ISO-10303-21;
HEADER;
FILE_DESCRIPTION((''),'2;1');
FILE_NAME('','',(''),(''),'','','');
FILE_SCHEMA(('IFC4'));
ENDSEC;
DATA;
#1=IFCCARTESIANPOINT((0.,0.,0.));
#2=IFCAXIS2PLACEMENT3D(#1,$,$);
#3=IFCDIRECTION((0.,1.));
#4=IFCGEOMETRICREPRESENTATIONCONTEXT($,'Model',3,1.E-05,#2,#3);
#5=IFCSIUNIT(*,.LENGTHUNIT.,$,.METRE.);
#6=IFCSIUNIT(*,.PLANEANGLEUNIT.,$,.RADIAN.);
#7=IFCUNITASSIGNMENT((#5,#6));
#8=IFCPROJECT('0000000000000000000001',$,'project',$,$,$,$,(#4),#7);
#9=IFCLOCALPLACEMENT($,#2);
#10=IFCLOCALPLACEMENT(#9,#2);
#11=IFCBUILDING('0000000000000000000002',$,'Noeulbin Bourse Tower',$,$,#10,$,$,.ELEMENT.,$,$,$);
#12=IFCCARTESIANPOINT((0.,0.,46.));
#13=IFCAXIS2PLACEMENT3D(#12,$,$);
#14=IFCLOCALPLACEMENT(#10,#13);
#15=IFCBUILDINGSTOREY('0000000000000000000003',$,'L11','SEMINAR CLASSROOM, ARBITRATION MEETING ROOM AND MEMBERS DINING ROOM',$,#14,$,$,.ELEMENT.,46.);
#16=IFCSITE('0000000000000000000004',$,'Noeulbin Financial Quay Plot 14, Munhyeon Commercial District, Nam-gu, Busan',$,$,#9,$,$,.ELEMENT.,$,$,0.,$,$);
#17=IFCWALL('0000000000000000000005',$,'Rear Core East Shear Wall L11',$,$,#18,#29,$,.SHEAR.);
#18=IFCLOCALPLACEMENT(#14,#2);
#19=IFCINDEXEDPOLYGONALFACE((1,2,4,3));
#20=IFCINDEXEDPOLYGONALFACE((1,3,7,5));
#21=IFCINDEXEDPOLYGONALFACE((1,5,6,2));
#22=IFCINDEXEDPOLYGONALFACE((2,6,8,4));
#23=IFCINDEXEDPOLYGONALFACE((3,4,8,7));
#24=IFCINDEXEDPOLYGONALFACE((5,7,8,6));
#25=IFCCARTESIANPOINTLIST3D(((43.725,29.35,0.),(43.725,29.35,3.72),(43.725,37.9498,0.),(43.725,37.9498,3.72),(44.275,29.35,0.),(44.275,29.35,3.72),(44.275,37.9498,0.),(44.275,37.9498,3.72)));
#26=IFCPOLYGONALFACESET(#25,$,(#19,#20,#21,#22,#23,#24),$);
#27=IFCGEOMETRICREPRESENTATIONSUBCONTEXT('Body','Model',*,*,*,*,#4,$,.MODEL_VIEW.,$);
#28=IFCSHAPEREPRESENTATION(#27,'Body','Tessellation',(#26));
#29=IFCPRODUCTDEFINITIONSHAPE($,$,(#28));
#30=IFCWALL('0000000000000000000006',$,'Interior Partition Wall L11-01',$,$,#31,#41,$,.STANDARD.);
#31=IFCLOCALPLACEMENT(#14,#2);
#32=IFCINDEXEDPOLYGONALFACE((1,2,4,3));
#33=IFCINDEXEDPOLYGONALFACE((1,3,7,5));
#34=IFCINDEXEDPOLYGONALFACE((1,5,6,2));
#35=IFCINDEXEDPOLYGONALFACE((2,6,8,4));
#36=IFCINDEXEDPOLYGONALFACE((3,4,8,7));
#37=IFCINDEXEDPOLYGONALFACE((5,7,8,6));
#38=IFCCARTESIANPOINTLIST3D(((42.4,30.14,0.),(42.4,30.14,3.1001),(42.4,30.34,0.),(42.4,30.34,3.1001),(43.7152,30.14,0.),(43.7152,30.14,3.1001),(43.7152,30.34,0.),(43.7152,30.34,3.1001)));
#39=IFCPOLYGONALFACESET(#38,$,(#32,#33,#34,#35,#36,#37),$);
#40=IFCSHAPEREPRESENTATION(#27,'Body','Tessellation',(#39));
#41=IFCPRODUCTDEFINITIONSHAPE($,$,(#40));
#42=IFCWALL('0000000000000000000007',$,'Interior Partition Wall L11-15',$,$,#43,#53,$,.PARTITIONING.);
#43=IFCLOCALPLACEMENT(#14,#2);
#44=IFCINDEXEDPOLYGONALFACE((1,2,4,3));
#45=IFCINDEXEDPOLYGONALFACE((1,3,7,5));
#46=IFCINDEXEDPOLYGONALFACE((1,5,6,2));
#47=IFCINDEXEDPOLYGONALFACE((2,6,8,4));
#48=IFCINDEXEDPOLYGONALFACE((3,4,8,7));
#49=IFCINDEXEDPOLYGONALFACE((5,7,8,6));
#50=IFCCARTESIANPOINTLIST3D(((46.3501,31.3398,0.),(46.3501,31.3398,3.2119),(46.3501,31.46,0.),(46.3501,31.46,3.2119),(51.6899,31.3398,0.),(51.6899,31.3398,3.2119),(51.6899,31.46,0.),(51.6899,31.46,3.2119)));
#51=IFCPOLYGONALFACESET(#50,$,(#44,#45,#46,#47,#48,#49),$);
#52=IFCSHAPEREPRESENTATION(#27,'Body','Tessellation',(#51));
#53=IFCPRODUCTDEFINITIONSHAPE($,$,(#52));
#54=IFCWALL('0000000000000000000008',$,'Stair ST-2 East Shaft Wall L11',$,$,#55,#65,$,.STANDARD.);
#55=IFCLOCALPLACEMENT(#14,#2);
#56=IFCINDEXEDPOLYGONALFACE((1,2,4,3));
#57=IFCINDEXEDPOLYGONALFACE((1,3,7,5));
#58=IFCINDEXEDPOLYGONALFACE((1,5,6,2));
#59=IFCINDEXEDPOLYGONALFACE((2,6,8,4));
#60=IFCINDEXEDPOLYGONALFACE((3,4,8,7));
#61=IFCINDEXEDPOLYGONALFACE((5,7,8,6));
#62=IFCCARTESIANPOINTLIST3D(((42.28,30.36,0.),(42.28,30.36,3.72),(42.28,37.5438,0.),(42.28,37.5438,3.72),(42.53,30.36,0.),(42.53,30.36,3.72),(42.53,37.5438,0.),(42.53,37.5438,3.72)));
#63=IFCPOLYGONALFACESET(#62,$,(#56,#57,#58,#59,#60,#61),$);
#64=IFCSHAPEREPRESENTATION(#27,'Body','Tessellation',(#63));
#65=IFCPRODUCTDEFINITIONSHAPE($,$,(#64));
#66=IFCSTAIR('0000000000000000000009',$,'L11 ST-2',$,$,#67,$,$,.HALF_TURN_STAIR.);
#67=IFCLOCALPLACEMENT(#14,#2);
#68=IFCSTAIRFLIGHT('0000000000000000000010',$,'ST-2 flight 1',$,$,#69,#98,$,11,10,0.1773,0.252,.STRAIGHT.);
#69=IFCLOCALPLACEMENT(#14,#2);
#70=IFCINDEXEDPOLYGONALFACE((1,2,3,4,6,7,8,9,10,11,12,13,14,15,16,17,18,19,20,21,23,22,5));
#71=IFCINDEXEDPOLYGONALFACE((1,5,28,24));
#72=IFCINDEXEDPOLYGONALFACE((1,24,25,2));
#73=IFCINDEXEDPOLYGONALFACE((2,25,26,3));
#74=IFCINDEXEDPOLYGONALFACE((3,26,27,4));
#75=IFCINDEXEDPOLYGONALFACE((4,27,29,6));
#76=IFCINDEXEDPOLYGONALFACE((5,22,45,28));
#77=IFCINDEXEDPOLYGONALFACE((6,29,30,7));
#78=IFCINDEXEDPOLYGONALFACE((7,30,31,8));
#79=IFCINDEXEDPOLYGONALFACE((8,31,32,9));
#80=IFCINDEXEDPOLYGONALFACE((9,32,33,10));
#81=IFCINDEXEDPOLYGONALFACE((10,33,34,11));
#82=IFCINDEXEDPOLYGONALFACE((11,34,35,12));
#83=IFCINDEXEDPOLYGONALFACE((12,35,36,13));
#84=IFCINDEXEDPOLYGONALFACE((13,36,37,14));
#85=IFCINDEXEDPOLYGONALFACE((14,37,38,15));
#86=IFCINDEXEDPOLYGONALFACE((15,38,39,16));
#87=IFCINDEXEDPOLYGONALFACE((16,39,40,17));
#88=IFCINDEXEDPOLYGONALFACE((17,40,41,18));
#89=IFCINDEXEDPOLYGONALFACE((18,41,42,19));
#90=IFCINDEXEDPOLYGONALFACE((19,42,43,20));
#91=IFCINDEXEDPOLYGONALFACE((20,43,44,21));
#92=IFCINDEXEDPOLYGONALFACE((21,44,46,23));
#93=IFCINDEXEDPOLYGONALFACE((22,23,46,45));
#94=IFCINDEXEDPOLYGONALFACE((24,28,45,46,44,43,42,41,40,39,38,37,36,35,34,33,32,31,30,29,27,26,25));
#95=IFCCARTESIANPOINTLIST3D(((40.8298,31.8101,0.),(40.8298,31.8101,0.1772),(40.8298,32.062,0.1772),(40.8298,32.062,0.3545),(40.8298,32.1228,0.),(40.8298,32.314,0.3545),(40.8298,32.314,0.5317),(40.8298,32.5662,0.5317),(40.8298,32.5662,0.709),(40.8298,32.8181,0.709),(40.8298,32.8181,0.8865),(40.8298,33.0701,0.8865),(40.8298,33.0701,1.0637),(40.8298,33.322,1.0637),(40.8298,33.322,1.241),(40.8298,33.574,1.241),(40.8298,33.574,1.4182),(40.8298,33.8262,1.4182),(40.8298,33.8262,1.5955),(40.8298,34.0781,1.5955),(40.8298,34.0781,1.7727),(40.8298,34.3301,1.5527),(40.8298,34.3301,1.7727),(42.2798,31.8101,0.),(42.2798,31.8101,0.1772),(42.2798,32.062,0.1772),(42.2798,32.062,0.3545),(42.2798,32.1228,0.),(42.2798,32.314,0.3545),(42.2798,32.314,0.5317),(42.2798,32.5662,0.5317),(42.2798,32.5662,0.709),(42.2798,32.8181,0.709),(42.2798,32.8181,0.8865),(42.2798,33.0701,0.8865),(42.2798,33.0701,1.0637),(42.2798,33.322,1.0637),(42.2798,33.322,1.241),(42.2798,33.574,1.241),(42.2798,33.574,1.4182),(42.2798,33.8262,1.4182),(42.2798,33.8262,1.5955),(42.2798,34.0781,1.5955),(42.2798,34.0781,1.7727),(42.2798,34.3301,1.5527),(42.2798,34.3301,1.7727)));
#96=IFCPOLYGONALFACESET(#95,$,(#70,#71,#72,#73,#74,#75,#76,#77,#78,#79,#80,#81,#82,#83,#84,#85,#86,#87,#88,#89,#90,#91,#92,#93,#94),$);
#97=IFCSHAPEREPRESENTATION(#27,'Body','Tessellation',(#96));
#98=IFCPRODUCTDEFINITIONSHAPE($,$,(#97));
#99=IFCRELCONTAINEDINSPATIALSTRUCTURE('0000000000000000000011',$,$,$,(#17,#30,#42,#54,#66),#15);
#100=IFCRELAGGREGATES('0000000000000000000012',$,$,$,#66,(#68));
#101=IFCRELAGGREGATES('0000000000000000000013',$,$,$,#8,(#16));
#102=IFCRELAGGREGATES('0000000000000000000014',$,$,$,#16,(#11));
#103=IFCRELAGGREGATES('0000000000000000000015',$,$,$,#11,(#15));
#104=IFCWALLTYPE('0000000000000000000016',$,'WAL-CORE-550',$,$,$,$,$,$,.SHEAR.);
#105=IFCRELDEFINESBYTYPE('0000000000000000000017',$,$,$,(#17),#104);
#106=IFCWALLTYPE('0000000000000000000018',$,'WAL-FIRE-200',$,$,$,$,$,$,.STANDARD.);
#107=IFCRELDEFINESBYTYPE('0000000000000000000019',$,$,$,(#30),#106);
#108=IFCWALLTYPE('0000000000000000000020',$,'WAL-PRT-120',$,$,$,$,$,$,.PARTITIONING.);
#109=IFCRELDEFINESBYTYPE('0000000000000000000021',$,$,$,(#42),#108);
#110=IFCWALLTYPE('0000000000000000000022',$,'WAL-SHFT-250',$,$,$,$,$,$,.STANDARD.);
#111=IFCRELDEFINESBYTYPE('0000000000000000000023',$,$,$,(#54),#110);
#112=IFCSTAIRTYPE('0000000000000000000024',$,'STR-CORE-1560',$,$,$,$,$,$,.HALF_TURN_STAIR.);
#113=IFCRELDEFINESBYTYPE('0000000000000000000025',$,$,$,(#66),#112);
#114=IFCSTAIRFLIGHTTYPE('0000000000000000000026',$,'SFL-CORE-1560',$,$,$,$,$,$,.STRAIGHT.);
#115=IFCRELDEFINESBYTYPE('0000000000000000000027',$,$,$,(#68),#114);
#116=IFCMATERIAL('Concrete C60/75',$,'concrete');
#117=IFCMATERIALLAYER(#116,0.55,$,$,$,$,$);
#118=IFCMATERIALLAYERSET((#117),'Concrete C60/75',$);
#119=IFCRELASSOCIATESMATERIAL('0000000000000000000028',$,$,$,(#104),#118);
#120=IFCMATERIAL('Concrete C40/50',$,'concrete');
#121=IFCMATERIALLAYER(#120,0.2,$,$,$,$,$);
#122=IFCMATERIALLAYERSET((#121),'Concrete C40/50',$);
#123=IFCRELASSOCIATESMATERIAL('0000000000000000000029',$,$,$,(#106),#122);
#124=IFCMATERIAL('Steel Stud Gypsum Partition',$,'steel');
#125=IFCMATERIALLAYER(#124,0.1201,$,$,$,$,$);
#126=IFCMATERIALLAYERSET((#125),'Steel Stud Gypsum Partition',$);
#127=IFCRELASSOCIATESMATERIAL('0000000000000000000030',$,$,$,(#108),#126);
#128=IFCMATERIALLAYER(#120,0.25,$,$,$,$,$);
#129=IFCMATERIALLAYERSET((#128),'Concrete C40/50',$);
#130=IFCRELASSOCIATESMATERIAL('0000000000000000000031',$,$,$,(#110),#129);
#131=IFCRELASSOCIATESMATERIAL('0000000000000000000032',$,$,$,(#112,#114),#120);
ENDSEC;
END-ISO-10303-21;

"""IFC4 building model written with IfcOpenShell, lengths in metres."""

from ifc_helpers import new_model, si_unit, direction, frame, frame_2d, origin, place, context, subcontext, project, spatial, polyline, rectangle, outline, extrude, material, layer, layer_set, type_object, element, aggregate, save


model = new_model("IFC4")

# Units and contexts
model_context = context("Model", 3, precision=1e-05, world=origin(), true_north=direction((0.0, 1.0)))
body_context = subcontext(model_context, "Body", "Model", "MODEL_VIEW")
ifc_project = project(units=[si_unit("LENGTHUNIT", "METRE"), si_unit("PLANEANGLEUNIT", "RADIAN")], contexts=[model_context])

# Site, building, storey
site_placement = place(None, origin())
site = spatial("IfcSite", under=ifc_project, at=site_placement, Name="Noeulbin Financial Quay Plot 14, Munhyeon Commercial District, Nam-gu, Busan", CompositionType="ELEMENT", RefElevation=0.0)
building_placement = place(site_placement, origin())
building = spatial("IfcBuilding", under=site, at=building_placement, Name="Noeulbin Bourse Tower", CompositionType="ELEMENT")
storey_placement = place(building_placement, frame((0.0, 0.0, 46.0)))
storey = spatial("IfcBuildingStorey", under=building, at=storey_placement, Name="L11", Description="SEMINAR CLASSROOM, ARBITRATION MEETING ROOM AND MEMBERS DINING ROOM", CompositionType="ELEMENT", Elevation=46.0)

# Walls
ifc_material_1 = material(Name="Concrete C60/75", Category="concrete")
ifc_layer_1 = layer(ifc_material_1, 0.55)
ifc_layer_set_1 = layer_set([ifc_layer_1], Name="Concrete C60/75")
wall_type_1 = type_object("IfcWallType", Name="WAL-CORE-550", PredefinedType="SHEAR", material=ifc_layer_set_1)
wall_1_placement = place(storey_placement, frame((44.0, 29.3501, 0.0), z_axis=(0.0, 0.0, 1.0), x_axis=(0.0, 1.0, 0.0)))
element("IfcWall", 1, at=wall_1_placement, inside=storey, type_object=wall_type_1, Name="Rear Core East Shear Wall L11", PredefinedType="SHEAR", context=body_context, shape_type="SweptSolid", body=[
    extrude(rectangle(XDim=8.5999, YDim=0.55, at=frame_2d((4.2998, 0.0))), origin(), (0.0, 0.0, 1.0), 3.72),
])
ifc_material_2 = material(Name="Concrete C40/50", Category="concrete")
ifc_layer_2 = layer(ifc_material_2, 0.2)
ifc_layer_set_2 = layer_set([ifc_layer_2], Name="Concrete C40/50")
wall_type_2 = type_object("IfcWallType", Name="WAL-FIRE-200", PredefinedType="STANDARD", material=ifc_layer_set_2)
wall_2_placement = place(storey_placement, frame((42.3999, 30.24, 0.0), z_axis=(0.0, 0.0, 1.0), x_axis=(1.0, 0.0, 0.0)))
element("IfcWall", 2, at=wall_2_placement, inside=storey, type_object=wall_type_2, Name="Interior Partition Wall L11-01", PredefinedType="STANDARD", context=body_context, shape_type="SweptSolid", body=[
    extrude(rectangle(XDim=1.3152, YDim=0.2, at=frame_2d((0.6577, 0.0))), origin(), (0.0, 0.0, 1.0), 3.1001),
])
ifc_material_3 = material(Name="Steel Stud Gypsum Partition", Category="steel")
ifc_layer_3 = layer(ifc_material_3, 0.1201)
ifc_layer_set_3 = layer_set([ifc_layer_3], Name="Steel Stud Gypsum Partition")
wall_type_3 = type_object("IfcWallType", Name="WAL-PRT-120", PredefinedType="PARTITIONING", material=ifc_layer_set_3)
wall_3_placement = place(storey_placement, frame((46.3501, 31.3999, 0.0), z_axis=(0.0, 0.0, 1.0), x_axis=(1.0, 0.0, 0.0)))
element("IfcWall", 3, at=wall_3_placement, inside=storey, type_object=wall_type_3, Name="Interior Partition Wall L11-15", PredefinedType="PARTITIONING", context=body_context, shape_type="SweptSolid", body=[
    extrude(rectangle(XDim=5.3398, YDim=0.1201, at=frame_2d((2.6699, 0.0))), origin(), (0.0, 0.0, 1.0), 3.2119),
])
ifc_layer_4 = layer(ifc_material_2, 0.25)
ifc_layer_set_4 = layer_set([ifc_layer_4], Name="Concrete C40/50")
wall_type_4 = type_object("IfcWallType", Name="WAL-SHFT-250", PredefinedType="STANDARD", material=ifc_layer_set_4)
wall_4_placement = place(storey_placement, frame((42.405, 30.3601, 0.0), z_axis=(0.0, 0.0, 1.0), x_axis=(0.0, 1.0, 0.0)))
element("IfcWall", 4, at=wall_4_placement, inside=storey, type_object=wall_type_4, Name="Stair ST-2 East Shaft Wall L11", PredefinedType="STANDARD", context=body_context, shape_type="SweptSolid", body=[
    extrude(rectangle(XDim=7.1838, YDim=0.25, at=frame_2d((3.5918, 0.0))), origin(), (0.0, 0.0, 1.0), 3.72),
])

# Stair, stair flight
stair_type = type_object("IfcStairType", Name="STR-CORE-1560", PredefinedType="HALF_TURN_STAIR", material=ifc_material_2)
stair_placement = place(storey_placement, origin())
stair = element("IfcStair", 5, at=stair_placement, inside=storey, type_object=stair_type, Name="L11 ST-2", PredefinedType="HALF_TURN_STAIR")
stair_flight_type = type_object("IfcStairFlightType", Name="SFL-CORE-1560", PredefinedType="STRAIGHT", material=ifc_material_2)
stair_flight_placement = place(storey_placement, frame((41.5549, 31.8101, 0.0), z_axis=(0.0, 0.0, 1.0), x_axis=(0.0, 1.0, 0.0)))
stair_flight = element("IfcStairFlight", 6, at=stair_flight_placement, type_object=stair_flight_type, Name="ST-2 flight 1", NumberOfRisers=11, NumberOfTreads=10, PredefinedType="STRAIGHT", RiserHeight=0.1773, TreadLength=0.252, context=body_context, shape_type="SweptSolid", body=[
    extrude(outline(polyline([(0.0, 0.0), (0.0, 0.1772), (0.252, 0.1772), (0.252, 0.3545), (0.5039, 0.3545), (0.5039, 0.5317), (0.7561, 0.5317), (0.7561, 0.709), (1.0081, 0.709), (1.0081, 0.8865), (1.26, 0.8865), (1.26, 1.0637), (1.512, 1.0637), (1.512, 1.241), (1.7639, 1.241), (1.7639, 1.4182), (2.0161, 1.4182), (2.0161, 1.5955), (2.2681, 1.5955), (2.2681, 1.7727), (2.52, 1.7727), (2.52, 1.95), (2.52, 1.5527), (0.3127, 0.0), (0.0, 0.0)])), frame((0.0, 0.7251, 0.0), z_axis=(0.0, -1.0, 0.0), x_axis=(1.0, 0.0, 0.0)), (0.0, 0.0, 1.0), 1.45),
])
aggregate(stair, [stair_flight])

save(model, "model.ifc")
